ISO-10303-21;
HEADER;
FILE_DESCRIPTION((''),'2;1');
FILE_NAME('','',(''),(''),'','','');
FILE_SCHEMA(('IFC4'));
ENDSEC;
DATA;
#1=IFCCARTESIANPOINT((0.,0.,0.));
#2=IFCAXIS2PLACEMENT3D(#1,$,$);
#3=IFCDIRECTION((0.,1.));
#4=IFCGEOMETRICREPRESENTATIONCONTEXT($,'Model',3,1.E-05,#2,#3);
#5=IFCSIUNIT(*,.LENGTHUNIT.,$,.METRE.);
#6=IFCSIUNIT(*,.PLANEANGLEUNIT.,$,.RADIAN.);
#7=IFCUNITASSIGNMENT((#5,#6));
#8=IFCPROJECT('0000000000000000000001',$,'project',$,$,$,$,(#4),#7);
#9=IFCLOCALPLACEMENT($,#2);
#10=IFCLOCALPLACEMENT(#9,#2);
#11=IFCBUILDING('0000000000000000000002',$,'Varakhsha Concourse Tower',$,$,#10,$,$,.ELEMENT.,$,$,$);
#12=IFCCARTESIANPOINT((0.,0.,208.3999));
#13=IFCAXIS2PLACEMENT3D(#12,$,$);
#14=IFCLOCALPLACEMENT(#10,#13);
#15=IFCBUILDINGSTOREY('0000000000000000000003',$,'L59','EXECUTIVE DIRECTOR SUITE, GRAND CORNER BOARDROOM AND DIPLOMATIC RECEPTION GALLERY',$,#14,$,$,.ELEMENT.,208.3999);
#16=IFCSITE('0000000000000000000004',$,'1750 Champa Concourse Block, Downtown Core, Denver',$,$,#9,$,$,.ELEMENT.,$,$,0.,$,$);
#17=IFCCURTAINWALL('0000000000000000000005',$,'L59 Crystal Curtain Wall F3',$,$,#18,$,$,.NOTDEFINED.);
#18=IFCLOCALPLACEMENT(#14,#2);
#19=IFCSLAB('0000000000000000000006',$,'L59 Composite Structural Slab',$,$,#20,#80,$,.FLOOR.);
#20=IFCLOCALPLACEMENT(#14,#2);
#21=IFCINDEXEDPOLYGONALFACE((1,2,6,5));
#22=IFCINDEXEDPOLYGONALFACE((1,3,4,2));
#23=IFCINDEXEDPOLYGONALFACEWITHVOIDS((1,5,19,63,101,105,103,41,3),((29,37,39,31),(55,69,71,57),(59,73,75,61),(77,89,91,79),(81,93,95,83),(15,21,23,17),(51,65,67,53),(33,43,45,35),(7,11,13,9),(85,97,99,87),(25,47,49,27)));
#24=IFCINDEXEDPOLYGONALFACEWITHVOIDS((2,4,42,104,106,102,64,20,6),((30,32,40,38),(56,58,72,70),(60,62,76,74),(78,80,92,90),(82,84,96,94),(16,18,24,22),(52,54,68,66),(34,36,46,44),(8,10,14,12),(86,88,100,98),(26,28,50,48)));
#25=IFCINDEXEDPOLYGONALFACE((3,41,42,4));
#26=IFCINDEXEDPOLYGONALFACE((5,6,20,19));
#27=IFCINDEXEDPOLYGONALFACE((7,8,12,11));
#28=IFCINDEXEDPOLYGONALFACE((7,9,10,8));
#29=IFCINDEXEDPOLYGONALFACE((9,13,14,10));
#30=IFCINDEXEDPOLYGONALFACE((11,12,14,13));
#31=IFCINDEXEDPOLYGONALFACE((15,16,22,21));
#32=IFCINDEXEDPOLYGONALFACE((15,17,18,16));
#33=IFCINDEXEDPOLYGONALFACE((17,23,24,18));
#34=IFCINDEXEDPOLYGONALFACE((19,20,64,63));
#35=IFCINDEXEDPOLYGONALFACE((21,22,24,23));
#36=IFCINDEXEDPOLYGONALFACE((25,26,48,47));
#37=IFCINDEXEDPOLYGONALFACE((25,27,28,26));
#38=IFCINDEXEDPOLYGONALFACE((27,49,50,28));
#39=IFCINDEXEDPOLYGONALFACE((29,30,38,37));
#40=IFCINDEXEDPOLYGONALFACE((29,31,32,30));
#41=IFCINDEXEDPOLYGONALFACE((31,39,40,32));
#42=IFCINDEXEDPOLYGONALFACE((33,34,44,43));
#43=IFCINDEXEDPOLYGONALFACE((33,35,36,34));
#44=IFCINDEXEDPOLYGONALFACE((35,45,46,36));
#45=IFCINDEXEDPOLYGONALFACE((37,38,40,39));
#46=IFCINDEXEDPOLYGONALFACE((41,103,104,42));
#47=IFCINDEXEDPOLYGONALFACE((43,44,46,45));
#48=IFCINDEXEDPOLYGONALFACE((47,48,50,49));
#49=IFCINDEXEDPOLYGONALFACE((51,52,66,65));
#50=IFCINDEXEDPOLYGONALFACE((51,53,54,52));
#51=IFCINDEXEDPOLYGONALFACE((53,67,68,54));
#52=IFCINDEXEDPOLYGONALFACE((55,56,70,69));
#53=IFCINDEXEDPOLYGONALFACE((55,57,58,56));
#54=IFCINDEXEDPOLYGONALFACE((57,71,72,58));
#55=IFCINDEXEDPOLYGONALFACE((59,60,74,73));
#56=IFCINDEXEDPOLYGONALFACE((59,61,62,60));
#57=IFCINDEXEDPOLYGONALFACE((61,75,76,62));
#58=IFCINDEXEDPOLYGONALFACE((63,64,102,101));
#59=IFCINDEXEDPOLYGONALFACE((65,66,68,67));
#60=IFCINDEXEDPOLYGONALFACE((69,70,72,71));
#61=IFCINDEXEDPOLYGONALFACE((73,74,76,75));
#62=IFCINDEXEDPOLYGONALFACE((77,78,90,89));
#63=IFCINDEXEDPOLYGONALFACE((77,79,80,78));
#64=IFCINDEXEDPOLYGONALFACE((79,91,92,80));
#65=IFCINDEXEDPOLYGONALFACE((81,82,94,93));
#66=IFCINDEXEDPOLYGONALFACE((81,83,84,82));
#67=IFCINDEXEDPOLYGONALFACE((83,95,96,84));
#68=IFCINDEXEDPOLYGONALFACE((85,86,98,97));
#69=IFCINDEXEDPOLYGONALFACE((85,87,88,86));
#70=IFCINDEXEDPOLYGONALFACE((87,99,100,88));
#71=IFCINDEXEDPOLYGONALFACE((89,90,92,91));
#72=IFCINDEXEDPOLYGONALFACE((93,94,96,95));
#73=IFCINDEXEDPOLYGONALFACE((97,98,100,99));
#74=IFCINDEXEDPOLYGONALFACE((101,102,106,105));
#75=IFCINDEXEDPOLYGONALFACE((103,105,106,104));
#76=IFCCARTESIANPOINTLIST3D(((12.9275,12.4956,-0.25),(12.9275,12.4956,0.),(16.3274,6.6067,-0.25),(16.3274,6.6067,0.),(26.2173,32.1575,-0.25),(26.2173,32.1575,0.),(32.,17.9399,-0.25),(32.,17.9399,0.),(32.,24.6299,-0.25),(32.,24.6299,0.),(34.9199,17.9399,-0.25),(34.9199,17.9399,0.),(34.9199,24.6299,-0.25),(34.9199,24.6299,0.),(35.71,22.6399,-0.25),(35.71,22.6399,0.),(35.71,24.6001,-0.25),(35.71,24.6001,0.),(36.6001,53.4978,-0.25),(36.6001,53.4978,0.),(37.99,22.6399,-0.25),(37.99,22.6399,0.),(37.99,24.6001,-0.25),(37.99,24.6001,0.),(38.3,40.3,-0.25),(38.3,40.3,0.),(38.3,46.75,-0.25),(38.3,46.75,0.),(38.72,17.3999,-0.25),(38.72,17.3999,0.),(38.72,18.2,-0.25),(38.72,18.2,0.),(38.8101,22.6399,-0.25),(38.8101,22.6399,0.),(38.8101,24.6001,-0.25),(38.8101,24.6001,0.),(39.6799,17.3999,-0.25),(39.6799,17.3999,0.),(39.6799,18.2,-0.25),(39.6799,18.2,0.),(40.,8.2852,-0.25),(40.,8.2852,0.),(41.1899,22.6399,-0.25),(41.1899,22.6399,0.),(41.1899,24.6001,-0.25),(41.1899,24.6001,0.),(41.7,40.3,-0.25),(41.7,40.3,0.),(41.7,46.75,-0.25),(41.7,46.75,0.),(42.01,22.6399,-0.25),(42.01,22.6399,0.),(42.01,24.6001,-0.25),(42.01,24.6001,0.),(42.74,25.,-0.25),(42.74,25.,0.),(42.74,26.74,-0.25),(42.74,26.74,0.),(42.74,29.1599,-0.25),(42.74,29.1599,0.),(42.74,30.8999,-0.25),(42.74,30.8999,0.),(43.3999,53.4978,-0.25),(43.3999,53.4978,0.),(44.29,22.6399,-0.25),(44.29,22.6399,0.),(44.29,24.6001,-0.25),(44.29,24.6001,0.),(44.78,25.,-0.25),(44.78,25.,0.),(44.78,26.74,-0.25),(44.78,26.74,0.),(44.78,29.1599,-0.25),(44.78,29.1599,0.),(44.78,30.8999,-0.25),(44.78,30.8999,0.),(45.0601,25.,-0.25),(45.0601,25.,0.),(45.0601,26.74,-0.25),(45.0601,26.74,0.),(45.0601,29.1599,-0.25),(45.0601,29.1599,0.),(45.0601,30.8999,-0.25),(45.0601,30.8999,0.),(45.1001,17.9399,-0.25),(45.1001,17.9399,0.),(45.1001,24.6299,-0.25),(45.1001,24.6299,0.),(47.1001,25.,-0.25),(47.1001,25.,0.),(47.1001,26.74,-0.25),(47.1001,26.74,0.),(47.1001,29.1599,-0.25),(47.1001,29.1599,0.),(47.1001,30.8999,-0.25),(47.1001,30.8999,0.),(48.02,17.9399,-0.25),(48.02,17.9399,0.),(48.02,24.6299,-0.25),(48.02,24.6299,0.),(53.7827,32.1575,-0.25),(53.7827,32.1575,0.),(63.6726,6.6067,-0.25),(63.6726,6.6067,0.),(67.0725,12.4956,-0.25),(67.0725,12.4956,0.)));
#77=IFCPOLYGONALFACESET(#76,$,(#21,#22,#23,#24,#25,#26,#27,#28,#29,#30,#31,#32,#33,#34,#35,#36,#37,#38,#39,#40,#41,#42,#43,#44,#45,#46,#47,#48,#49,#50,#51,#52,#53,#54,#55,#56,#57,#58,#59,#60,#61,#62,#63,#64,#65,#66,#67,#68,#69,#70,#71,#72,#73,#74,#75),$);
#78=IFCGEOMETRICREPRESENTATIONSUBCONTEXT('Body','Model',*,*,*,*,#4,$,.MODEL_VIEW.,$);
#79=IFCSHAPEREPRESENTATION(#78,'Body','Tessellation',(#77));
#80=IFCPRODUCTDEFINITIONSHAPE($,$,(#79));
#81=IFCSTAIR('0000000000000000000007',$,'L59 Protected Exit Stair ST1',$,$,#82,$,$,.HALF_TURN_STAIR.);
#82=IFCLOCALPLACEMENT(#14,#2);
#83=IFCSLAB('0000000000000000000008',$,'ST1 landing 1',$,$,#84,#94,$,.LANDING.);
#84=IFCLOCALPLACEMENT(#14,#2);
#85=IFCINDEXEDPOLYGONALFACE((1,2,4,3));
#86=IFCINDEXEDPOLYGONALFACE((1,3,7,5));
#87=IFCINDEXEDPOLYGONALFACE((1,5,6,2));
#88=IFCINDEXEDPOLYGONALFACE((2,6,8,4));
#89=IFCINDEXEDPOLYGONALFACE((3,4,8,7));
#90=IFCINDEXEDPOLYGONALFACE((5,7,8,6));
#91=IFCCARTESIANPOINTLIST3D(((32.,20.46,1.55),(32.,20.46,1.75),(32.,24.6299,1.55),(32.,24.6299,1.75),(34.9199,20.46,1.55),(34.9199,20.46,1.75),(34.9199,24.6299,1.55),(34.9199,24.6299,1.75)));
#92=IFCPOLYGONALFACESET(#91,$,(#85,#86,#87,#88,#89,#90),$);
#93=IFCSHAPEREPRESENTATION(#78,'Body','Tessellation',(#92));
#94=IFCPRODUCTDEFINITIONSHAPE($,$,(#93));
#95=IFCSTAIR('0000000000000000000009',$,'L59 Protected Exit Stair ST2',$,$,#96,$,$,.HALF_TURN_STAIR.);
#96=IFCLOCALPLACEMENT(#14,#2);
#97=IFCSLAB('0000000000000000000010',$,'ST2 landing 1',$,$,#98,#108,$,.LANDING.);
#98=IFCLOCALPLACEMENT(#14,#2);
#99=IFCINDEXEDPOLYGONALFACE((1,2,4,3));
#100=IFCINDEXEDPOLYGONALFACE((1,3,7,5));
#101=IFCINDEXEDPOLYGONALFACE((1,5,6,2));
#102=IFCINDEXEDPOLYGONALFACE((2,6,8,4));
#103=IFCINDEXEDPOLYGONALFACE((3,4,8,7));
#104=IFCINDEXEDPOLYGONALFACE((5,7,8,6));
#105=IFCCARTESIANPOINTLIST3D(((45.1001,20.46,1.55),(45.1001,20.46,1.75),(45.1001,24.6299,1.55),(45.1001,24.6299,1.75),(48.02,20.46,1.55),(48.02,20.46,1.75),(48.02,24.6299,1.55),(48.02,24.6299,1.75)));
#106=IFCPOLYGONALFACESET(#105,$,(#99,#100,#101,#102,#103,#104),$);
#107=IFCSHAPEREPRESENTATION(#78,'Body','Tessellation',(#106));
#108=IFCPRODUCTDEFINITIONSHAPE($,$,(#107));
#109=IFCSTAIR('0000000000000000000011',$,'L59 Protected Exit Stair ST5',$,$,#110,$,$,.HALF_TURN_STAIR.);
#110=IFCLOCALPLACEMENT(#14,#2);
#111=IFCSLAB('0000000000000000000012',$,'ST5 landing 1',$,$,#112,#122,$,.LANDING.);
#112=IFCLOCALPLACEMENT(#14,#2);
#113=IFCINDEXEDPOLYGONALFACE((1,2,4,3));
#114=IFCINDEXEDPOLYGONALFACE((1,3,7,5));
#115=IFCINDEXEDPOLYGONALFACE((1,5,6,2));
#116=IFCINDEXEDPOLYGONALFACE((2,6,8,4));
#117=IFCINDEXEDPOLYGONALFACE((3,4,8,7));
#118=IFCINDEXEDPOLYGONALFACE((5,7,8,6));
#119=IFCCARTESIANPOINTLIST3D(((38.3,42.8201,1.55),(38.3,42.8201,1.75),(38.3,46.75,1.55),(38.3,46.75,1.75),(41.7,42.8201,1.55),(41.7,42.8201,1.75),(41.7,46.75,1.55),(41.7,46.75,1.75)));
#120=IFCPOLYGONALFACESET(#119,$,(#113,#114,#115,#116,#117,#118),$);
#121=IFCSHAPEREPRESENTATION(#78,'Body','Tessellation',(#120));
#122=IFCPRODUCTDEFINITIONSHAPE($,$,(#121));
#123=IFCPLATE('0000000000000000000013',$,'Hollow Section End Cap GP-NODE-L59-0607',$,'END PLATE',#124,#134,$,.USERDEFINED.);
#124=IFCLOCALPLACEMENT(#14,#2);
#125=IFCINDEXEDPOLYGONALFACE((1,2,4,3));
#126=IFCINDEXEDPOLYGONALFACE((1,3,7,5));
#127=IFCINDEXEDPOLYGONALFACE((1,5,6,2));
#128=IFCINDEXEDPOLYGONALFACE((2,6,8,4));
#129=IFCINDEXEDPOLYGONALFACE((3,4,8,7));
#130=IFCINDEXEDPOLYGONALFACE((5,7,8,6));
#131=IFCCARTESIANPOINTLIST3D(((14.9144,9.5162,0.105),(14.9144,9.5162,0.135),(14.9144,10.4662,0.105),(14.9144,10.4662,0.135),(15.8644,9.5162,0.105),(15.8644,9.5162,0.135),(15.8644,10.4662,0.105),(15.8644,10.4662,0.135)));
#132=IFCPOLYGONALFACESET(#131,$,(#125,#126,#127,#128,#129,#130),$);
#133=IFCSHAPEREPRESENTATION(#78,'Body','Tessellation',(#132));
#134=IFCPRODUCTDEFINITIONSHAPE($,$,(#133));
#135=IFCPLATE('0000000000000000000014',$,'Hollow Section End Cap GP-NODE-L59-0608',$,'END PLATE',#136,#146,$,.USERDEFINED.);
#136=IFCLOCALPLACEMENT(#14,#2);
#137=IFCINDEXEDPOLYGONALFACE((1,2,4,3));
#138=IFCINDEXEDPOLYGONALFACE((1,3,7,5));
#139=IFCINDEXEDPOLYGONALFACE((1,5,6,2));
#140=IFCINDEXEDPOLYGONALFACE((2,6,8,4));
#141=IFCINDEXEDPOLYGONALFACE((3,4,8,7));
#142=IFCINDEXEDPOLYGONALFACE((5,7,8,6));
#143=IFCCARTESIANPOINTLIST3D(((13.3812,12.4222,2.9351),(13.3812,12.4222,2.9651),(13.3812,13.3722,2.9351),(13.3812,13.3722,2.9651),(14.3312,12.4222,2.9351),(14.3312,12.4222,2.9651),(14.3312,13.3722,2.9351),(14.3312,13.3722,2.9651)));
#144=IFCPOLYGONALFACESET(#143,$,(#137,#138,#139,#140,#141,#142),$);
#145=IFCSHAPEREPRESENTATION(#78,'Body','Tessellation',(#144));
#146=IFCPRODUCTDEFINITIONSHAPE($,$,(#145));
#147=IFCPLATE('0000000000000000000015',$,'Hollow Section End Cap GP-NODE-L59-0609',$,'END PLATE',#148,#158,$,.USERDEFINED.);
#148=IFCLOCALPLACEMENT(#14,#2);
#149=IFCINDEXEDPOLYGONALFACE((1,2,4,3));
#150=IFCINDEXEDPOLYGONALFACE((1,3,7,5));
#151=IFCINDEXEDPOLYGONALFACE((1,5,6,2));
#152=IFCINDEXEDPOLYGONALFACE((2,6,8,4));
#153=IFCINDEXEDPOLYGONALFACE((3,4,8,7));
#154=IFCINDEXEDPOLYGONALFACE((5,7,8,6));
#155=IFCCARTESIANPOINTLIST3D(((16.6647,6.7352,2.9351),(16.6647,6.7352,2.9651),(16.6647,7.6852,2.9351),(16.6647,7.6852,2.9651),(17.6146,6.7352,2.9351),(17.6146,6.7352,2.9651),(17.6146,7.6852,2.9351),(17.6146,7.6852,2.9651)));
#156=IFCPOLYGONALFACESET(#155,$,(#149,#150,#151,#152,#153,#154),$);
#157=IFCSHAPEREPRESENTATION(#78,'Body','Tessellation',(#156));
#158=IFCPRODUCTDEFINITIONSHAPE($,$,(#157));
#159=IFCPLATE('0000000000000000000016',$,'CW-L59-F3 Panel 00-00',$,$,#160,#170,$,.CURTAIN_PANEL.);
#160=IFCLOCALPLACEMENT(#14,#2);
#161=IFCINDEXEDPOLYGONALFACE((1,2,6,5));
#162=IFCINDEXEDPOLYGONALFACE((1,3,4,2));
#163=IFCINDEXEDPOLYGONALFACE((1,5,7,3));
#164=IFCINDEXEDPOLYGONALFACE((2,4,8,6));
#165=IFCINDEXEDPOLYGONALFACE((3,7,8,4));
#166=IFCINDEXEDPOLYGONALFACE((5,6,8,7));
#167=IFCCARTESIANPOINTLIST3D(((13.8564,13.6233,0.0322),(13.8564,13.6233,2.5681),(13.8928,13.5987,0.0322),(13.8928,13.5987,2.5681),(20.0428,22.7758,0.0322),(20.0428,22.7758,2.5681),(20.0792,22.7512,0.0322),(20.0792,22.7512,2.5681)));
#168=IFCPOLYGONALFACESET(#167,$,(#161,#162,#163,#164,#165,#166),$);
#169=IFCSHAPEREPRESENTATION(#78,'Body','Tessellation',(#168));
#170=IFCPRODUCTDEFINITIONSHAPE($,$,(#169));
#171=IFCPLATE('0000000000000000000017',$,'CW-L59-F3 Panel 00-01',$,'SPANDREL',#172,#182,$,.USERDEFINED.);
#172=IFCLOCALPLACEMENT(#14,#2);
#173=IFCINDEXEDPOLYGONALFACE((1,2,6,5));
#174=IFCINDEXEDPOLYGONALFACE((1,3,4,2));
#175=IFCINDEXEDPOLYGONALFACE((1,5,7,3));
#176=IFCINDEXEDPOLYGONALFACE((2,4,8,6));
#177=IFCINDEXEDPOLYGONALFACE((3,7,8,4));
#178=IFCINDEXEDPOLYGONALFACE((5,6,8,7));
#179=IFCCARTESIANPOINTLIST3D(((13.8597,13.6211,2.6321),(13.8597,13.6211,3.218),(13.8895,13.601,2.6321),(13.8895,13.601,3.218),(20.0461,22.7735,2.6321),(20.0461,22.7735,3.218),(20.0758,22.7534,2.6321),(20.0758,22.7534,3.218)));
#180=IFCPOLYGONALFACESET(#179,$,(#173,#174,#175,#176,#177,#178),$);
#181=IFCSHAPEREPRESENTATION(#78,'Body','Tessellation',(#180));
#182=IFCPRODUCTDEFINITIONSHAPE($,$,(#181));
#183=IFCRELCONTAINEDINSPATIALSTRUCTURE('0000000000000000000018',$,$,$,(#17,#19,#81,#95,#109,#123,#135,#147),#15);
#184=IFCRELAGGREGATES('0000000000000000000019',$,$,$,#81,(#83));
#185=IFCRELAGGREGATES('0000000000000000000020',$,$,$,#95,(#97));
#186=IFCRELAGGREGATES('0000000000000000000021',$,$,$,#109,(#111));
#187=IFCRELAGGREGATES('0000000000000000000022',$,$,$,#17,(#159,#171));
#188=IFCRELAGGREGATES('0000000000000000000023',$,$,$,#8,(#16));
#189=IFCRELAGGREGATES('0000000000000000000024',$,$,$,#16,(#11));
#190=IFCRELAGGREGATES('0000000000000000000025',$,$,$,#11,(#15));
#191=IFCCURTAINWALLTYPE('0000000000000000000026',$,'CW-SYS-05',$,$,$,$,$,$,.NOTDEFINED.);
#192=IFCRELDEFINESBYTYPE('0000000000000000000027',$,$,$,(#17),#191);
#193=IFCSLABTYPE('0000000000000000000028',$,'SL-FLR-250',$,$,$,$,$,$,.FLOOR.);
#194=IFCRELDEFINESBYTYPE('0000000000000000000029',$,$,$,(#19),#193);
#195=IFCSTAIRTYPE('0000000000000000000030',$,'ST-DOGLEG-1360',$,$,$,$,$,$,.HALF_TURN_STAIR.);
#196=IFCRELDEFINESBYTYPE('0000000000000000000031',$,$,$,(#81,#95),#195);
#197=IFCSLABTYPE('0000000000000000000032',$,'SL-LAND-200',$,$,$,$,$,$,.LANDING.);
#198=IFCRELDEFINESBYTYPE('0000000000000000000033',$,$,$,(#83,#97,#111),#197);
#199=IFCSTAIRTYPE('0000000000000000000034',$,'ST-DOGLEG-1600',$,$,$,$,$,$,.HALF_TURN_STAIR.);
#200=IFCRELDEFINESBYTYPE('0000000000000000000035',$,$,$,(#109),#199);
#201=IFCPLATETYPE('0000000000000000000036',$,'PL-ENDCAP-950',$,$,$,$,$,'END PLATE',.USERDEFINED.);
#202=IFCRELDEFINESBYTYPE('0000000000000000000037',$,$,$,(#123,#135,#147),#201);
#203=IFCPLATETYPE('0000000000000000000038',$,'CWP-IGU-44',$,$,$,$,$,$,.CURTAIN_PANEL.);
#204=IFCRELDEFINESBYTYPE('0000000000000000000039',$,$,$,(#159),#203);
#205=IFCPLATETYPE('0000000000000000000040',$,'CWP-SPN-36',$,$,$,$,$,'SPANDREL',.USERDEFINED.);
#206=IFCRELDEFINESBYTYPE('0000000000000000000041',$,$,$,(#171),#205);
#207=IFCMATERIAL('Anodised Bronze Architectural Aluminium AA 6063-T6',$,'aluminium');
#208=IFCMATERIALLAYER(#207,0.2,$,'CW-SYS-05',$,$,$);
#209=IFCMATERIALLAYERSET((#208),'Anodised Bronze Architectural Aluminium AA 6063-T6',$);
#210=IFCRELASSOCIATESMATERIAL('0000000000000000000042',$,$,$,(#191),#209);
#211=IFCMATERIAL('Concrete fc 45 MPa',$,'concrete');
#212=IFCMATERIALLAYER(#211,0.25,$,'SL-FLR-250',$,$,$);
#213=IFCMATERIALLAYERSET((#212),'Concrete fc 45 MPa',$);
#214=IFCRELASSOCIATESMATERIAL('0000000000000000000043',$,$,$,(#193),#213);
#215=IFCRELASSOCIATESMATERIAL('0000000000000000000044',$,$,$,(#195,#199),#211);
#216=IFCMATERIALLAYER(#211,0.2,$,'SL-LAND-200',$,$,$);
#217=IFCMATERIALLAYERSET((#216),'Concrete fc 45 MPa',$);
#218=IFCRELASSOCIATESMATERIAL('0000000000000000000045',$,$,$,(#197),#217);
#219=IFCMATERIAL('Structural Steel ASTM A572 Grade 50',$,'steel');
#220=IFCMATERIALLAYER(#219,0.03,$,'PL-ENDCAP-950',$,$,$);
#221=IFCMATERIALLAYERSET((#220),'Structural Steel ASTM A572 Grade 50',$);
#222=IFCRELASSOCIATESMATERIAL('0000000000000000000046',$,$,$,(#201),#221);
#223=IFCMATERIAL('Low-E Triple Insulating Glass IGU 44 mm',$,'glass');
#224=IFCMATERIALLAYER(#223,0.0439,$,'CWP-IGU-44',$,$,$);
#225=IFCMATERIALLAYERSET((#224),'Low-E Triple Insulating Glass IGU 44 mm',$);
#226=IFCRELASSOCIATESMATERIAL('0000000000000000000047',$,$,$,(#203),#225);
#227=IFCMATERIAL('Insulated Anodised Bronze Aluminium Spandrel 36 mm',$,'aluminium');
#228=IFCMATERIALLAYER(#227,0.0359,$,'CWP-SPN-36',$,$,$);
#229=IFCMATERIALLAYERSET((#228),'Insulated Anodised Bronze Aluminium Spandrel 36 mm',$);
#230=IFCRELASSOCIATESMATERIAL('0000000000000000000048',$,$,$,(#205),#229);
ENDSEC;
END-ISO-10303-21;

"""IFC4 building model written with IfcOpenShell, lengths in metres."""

from ifc_helpers import new_model, si_unit, direction, frame, origin, origin_2d, place, context, subcontext, project, spatial, polyline, rectangle, outline, extrude, source, transform, mapped, material, layer, layer_set, type_object, type_shapes, element, aggregate, save


model = new_model("IFC4")

# Units and contexts
model_context = context("Model", 3, precision=1e-05, world=origin(), true_north=direction((0.0, 1.0)))
body_context = subcontext(model_context, "Body", "Model", "MODEL_VIEW")
ifc_project = project(units=[si_unit("LENGTHUNIT", "METRE"), si_unit("PLANEANGLEUNIT", "RADIAN")], contexts=[model_context])

# Site, building, storey
site_placement = place(None, origin())
site = spatial("IfcSite", under=ifc_project, at=site_placement, Name="1750 Champa Concourse Block, Downtown Core, Denver", CompositionType="ELEMENT", RefElevation=0.0)
building_placement = place(site_placement, origin())
building = spatial("IfcBuilding", under=site, at=building_placement, Name="Varakhsha Concourse Tower", CompositionType="ELEMENT")
storey_placement = place(building_placement, frame((0.0, 0.0, 208.3999)))
storey = spatial("IfcBuildingStorey", under=building, at=storey_placement, Name="L59", Description="EXECUTIVE DIRECTOR SUITE, GRAND CORNER BOARDROOM AND DIPLOMATIC RECEPTION GALLERY", CompositionType="ELEMENT", Elevation=208.3999)

# Shared definitions
ifc_material_1 = material(Name="Structural Steel ASTM A572 Grade 50", Category="steel")

# Curtain wall
ifc_material_2 = material(Name="Anodised Bronze Architectural Aluminium AA 6063-T6", Category="aluminium")
ifc_layer_1 = layer(ifc_material_2, 0.2, Name="CW-SYS-05")
ifc_layer_set_1 = layer_set([ifc_layer_1], Name="Anodised Bronze Architectural Aluminium AA 6063-T6")
curtain_wall_type = type_object("IfcCurtainWallType", Name="CW-SYS-05", PredefinedType="NOTDEFINED", material=ifc_layer_set_1)
curtain_wall_1_placement = place(storey_placement, origin())
curtain_wall_1 = element("IfcCurtainWall", 1, at=curtain_wall_1_placement, inside=storey, type_object=curtain_wall_type, Name="L59 Crystal Curtain Wall F3", PredefinedType="NOTDEFINED")

# Slab
ifc_material_3 = material(Name="Concrete fc 45 MPa", Category="concrete")
ifc_layer_2 = layer(ifc_material_3, 0.25, Name="SL-FLR-250")
ifc_layer_set_2 = layer_set([ifc_layer_2], Name="Concrete fc 45 MPa")
slab_type_1 = type_object("IfcSlabType", Name="SL-FLR-250", PredefinedType="FLOOR", material=ifc_layer_set_2)
slab_1_placement = place(storey_placement, frame((0.0, 0.0, -0.25)))
element("IfcSlab", 2, at=slab_1_placement, inside=storey, type_object=slab_type_1, Name="L59 Composite Structural Slab", PredefinedType="FLOOR", context=body_context, shape_type="SweptSolid", body=[
    extrude(outline(polyline([(43.3999, 53.4978), (36.6001, 53.4978), (26.2173, 32.1575), (12.9275, 12.4956), (16.3274, 6.6067), (40.0, 8.2852), (63.6726, 6.6067), (67.0725, 12.4956), (53.7827, 32.1575), (43.3999, 53.4978)]), holes=[polyline([(34.9199, 17.9399), (34.9199, 24.6299), (32.0, 24.6299), (32.0, 17.9399), (34.9199, 17.9399)]), polyline([(48.02, 17.9399), (48.02, 24.6299), (45.1001, 24.6299), (45.1001, 17.9399), (48.02, 17.9399)]), polyline([(41.7, 40.3), (41.7, 46.75), (38.3, 46.75), (38.3, 40.3), (41.7, 40.3)]), polyline([(42.74, 29.1599), (44.78, 29.1599), (44.78, 30.8999), (42.74, 30.8999), (42.74, 29.1599)]), polyline([(45.0601, 29.1599), (47.1001, 29.1599), (47.1001, 30.8999), (45.0601, 30.8999), (45.0601, 29.1599)]), polyline([(42.74, 25.0), (44.78, 25.0), (44.78, 26.74), (42.74, 26.74), (42.74, 25.0)]), polyline([(45.0601, 25.0), (47.1001, 25.0), (47.1001, 26.74), (45.0601, 26.74), (45.0601, 25.0)]), polyline([(35.71, 22.6399), (37.99, 22.6399), (37.99, 24.6001), (35.71, 24.6001), (35.71, 22.6399)]), polyline([(42.01, 22.6399), (44.29, 22.6399), (44.29, 24.6001), (42.01, 24.6001), (42.01, 22.6399)]), polyline([(38.8101, 22.6399), (41.1899, 22.6399), (41.1899, 24.6001), (38.8101, 24.6001), (38.8101, 22.6399)]), polyline([(38.72, 17.3999), (39.6799, 17.3999), (39.6799, 18.2), (38.72, 18.2), (38.72, 17.3999)])]), origin(), (0.0, 0.0, 1.0), 0.25),
])

# Stairs, slabs
stair_type_1 = type_object("IfcStairType", Name="ST-DOGLEG-1360", PredefinedType="HALF_TURN_STAIR", material=ifc_material_3)
stair_1_placement = place(storey_placement, origin())
stair_1 = element("IfcStair", 3, at=stair_1_placement, inside=storey, type_object=stair_type_1, Name="L59 Protected Exit Stair ST1", PredefinedType="HALF_TURN_STAIR")
ifc_layer_3 = layer(ifc_material_3, 0.2, Name="SL-LAND-200")
ifc_layer_set_3 = layer_set([ifc_layer_3], Name="Concrete fc 45 MPa")
slab_type_2 = type_object("IfcSlabType", Name="SL-LAND-200", PredefinedType="LANDING", material=ifc_layer_set_3)
slab_2_placement = place(storey_placement, frame((0.0, 0.0, 1.55)))
slab_2 = element("IfcSlab", 4, at=slab_2_placement, type_object=slab_type_2, Name="ST1 landing 1", PredefinedType="LANDING", context=body_context, shape_type="SweptSolid", body=[
    extrude(outline(polyline([(34.9199, 20.46), (34.9199, 24.6299), (32.0, 24.6299), (32.0, 20.46), (34.9199, 20.46)])), origin(), (0.0, 0.0, 1.0), 0.2),
])
aggregate(stair_1, [slab_2])
stair_2_placement = place(storey_placement, origin())
stair_2 = element("IfcStair", 5, at=stair_2_placement, inside=storey, type_object=stair_type_1, Name="L59 Protected Exit Stair ST2", PredefinedType="HALF_TURN_STAIR")
slab_3_placement = place(storey_placement, frame((0.0, 0.0, 1.55)))
slab_3 = element("IfcSlab", 6, at=slab_3_placement, type_object=slab_type_2, Name="ST2 landing 1", PredefinedType="LANDING", context=body_context, shape_type="SweptSolid", body=[
    extrude(outline(polyline([(48.02, 20.46), (48.02, 24.6299), (45.1001, 24.6299), (45.1001, 20.46), (48.02, 20.46)])), origin(), (0.0, 0.0, 1.0), 0.2),
])
aggregate(stair_2, [slab_3])
stair_type_2 = type_object("IfcStairType", Name="ST-DOGLEG-1600", PredefinedType="HALF_TURN_STAIR", material=ifc_material_3)
stair_3_placement = place(storey_placement, origin())
stair_3 = element("IfcStair", 7, at=stair_3_placement, inside=storey, type_object=stair_type_2, Name="L59 Protected Exit Stair ST5", PredefinedType="HALF_TURN_STAIR")
slab_4_placement = place(storey_placement, frame((0.0, 0.0, 1.55)))
slab_4 = element("IfcSlab", 8, at=slab_4_placement, type_object=slab_type_2, Name="ST5 landing 1", PredefinedType="LANDING", context=body_context, shape_type="SweptSolid", body=[
    extrude(outline(polyline([(41.7, 42.8201), (41.7, 46.75), (38.3, 46.75), (38.3, 42.8201), (41.7, 42.8201)])), origin(), (0.0, 0.0, 1.0), 0.2),
])
aggregate(stair_3, [slab_4])

# Plates
ifc_layer_4 = layer(ifc_material_1, 0.03, Name="PL-ENDCAP-950")
ifc_layer_set_4 = layer_set([ifc_layer_4], Name="Structural Steel ASTM A572 Grade 50")
plate_type_1 = type_object("IfcPlateType", Name="PL-ENDCAP-950", ElementType="END PLATE", PredefinedType="USERDEFINED", material=ifc_layer_set_4)
shared_shape_1 = source(origin(), body_context, "Body", "SweptSolid", [
    extrude(rectangle(XDim=0.95, YDim=0.95, at=origin_2d()), origin(), (0.0, 0.0, 1.0), 0.03),
])
type_shapes(plate_type_1, [shared_shape_1])
for number, where, z_axis, x_axis, name in (
    (9, (15.3894, 9.9912, 0.105), (0.0, 0.0, 1.0), (1.0, 0.0, 0.0), "Hollow Section End Cap GP-NODE-L59-0607"),
    (10, (13.8562, 12.8972, 2.9351), (0.0, 0.0, 1.0), (1.0, 0.0, 0.0), "Hollow Section End Cap GP-NODE-L59-0608"),
    (11, (17.1396, 7.2102, 2.9351), (0.0, 0.0, 1.0), (1.0, 0.0, 0.0), "Hollow Section End Cap GP-NODE-L59-0609"),
):
    element("IfcPlate", number, at=place(storey_placement, frame(where, z_axis=z_axis, x_axis=x_axis)), inside=storey, type_object=plate_type_1, Name=name, ObjectType="END PLATE", PredefinedType="USERDEFINED", context=body_context, shape_type="MappedRepresentation", body=[
        mapped(shared_shape_1, transform((0.0, 0.0, 0.0), scale=1.0)),
    ])

# Plates
ifc_material_4 = material(Name="Low-E Triple Insulating Glass IGU 44 mm", Category="glass")
ifc_layer_5 = layer(ifc_material_4, 0.0439, Name="CWP-IGU-44")
ifc_layer_set_5 = layer_set([ifc_layer_5], Name="Low-E Triple Insulating Glass IGU 44 mm")
plate_type_2 = type_object("IfcPlateType", Name="CWP-IGU-44", PredefinedType="CURTAIN_PANEL", material=ifc_layer_set_5)
shared_shape_2 = source(origin(), body_context, "Body", "SweptSolid", [
    extrude(rectangle(XDim=11.0471, YDim=0.0439, at=origin_2d()), origin(), (0.0, 0.0, 1.0), 2.5359),
])
type_shapes(plate_type_2, [shared_shape_2])
plate_1_placement = place(storey_placement, frame((16.9678, 18.1873, 0.0322), z_axis=(0.0, 0.0, 1.0), x_axis=(0.559999, 0.828494, 0.0)))
plate_1 = element("IfcPlate", 12, at=plate_1_placement, type_object=plate_type_2, Name="CW-L59-F3 Panel 00-00", PredefinedType="CURTAIN_PANEL", context=body_context, shape_type="MappedRepresentation", body=[
    mapped(shared_shape_2, transform((0.0, 0.0, 0.0), scale=1.0)),
])
ifc_material_5 = material(Name="Insulated Anodised Bronze Aluminium Spandrel 36 mm", Category="aluminium")
ifc_layer_6 = layer(ifc_material_5, 0.0359, Name="CWP-SPN-36")
ifc_layer_set_6 = layer_set([ifc_layer_6], Name="Insulated Anodised Bronze Aluminium Spandrel 36 mm")
plate_type_3 = type_object("IfcPlateType", Name="CWP-SPN-36", ElementType="SPANDREL", PredefinedType="USERDEFINED", material=ifc_layer_set_6)
shared_shape_3 = source(origin(), body_context, "Body", "SweptSolid", [
    extrude(rectangle(XDim=11.0471, YDim=0.0359, at=origin_2d()), origin(), (0.0, 0.0, 1.0), 0.5859),
])
plate_2_placement = place(storey_placement, frame((16.9678, 18.1873, 2.6321), z_axis=(0.0, 0.0, 1.0), x_axis=(0.559999, 0.828494, 0.0)))
plate_2 = element("IfcPlate", 13, at=plate_2_placement, type_object=plate_type_3, Name="CW-L59-F3 Panel 00-01", ObjectType="SPANDREL", PredefinedType="USERDEFINED", context=body_context, shape_type="MappedRepresentation", body=[
    mapped(shared_shape_3, transform((0.0, 0.0, 0.0), scale=1.0)),
])
aggregate(curtain_wall_1, [plate_1, plate_2])

save(model, "model.ifc")
